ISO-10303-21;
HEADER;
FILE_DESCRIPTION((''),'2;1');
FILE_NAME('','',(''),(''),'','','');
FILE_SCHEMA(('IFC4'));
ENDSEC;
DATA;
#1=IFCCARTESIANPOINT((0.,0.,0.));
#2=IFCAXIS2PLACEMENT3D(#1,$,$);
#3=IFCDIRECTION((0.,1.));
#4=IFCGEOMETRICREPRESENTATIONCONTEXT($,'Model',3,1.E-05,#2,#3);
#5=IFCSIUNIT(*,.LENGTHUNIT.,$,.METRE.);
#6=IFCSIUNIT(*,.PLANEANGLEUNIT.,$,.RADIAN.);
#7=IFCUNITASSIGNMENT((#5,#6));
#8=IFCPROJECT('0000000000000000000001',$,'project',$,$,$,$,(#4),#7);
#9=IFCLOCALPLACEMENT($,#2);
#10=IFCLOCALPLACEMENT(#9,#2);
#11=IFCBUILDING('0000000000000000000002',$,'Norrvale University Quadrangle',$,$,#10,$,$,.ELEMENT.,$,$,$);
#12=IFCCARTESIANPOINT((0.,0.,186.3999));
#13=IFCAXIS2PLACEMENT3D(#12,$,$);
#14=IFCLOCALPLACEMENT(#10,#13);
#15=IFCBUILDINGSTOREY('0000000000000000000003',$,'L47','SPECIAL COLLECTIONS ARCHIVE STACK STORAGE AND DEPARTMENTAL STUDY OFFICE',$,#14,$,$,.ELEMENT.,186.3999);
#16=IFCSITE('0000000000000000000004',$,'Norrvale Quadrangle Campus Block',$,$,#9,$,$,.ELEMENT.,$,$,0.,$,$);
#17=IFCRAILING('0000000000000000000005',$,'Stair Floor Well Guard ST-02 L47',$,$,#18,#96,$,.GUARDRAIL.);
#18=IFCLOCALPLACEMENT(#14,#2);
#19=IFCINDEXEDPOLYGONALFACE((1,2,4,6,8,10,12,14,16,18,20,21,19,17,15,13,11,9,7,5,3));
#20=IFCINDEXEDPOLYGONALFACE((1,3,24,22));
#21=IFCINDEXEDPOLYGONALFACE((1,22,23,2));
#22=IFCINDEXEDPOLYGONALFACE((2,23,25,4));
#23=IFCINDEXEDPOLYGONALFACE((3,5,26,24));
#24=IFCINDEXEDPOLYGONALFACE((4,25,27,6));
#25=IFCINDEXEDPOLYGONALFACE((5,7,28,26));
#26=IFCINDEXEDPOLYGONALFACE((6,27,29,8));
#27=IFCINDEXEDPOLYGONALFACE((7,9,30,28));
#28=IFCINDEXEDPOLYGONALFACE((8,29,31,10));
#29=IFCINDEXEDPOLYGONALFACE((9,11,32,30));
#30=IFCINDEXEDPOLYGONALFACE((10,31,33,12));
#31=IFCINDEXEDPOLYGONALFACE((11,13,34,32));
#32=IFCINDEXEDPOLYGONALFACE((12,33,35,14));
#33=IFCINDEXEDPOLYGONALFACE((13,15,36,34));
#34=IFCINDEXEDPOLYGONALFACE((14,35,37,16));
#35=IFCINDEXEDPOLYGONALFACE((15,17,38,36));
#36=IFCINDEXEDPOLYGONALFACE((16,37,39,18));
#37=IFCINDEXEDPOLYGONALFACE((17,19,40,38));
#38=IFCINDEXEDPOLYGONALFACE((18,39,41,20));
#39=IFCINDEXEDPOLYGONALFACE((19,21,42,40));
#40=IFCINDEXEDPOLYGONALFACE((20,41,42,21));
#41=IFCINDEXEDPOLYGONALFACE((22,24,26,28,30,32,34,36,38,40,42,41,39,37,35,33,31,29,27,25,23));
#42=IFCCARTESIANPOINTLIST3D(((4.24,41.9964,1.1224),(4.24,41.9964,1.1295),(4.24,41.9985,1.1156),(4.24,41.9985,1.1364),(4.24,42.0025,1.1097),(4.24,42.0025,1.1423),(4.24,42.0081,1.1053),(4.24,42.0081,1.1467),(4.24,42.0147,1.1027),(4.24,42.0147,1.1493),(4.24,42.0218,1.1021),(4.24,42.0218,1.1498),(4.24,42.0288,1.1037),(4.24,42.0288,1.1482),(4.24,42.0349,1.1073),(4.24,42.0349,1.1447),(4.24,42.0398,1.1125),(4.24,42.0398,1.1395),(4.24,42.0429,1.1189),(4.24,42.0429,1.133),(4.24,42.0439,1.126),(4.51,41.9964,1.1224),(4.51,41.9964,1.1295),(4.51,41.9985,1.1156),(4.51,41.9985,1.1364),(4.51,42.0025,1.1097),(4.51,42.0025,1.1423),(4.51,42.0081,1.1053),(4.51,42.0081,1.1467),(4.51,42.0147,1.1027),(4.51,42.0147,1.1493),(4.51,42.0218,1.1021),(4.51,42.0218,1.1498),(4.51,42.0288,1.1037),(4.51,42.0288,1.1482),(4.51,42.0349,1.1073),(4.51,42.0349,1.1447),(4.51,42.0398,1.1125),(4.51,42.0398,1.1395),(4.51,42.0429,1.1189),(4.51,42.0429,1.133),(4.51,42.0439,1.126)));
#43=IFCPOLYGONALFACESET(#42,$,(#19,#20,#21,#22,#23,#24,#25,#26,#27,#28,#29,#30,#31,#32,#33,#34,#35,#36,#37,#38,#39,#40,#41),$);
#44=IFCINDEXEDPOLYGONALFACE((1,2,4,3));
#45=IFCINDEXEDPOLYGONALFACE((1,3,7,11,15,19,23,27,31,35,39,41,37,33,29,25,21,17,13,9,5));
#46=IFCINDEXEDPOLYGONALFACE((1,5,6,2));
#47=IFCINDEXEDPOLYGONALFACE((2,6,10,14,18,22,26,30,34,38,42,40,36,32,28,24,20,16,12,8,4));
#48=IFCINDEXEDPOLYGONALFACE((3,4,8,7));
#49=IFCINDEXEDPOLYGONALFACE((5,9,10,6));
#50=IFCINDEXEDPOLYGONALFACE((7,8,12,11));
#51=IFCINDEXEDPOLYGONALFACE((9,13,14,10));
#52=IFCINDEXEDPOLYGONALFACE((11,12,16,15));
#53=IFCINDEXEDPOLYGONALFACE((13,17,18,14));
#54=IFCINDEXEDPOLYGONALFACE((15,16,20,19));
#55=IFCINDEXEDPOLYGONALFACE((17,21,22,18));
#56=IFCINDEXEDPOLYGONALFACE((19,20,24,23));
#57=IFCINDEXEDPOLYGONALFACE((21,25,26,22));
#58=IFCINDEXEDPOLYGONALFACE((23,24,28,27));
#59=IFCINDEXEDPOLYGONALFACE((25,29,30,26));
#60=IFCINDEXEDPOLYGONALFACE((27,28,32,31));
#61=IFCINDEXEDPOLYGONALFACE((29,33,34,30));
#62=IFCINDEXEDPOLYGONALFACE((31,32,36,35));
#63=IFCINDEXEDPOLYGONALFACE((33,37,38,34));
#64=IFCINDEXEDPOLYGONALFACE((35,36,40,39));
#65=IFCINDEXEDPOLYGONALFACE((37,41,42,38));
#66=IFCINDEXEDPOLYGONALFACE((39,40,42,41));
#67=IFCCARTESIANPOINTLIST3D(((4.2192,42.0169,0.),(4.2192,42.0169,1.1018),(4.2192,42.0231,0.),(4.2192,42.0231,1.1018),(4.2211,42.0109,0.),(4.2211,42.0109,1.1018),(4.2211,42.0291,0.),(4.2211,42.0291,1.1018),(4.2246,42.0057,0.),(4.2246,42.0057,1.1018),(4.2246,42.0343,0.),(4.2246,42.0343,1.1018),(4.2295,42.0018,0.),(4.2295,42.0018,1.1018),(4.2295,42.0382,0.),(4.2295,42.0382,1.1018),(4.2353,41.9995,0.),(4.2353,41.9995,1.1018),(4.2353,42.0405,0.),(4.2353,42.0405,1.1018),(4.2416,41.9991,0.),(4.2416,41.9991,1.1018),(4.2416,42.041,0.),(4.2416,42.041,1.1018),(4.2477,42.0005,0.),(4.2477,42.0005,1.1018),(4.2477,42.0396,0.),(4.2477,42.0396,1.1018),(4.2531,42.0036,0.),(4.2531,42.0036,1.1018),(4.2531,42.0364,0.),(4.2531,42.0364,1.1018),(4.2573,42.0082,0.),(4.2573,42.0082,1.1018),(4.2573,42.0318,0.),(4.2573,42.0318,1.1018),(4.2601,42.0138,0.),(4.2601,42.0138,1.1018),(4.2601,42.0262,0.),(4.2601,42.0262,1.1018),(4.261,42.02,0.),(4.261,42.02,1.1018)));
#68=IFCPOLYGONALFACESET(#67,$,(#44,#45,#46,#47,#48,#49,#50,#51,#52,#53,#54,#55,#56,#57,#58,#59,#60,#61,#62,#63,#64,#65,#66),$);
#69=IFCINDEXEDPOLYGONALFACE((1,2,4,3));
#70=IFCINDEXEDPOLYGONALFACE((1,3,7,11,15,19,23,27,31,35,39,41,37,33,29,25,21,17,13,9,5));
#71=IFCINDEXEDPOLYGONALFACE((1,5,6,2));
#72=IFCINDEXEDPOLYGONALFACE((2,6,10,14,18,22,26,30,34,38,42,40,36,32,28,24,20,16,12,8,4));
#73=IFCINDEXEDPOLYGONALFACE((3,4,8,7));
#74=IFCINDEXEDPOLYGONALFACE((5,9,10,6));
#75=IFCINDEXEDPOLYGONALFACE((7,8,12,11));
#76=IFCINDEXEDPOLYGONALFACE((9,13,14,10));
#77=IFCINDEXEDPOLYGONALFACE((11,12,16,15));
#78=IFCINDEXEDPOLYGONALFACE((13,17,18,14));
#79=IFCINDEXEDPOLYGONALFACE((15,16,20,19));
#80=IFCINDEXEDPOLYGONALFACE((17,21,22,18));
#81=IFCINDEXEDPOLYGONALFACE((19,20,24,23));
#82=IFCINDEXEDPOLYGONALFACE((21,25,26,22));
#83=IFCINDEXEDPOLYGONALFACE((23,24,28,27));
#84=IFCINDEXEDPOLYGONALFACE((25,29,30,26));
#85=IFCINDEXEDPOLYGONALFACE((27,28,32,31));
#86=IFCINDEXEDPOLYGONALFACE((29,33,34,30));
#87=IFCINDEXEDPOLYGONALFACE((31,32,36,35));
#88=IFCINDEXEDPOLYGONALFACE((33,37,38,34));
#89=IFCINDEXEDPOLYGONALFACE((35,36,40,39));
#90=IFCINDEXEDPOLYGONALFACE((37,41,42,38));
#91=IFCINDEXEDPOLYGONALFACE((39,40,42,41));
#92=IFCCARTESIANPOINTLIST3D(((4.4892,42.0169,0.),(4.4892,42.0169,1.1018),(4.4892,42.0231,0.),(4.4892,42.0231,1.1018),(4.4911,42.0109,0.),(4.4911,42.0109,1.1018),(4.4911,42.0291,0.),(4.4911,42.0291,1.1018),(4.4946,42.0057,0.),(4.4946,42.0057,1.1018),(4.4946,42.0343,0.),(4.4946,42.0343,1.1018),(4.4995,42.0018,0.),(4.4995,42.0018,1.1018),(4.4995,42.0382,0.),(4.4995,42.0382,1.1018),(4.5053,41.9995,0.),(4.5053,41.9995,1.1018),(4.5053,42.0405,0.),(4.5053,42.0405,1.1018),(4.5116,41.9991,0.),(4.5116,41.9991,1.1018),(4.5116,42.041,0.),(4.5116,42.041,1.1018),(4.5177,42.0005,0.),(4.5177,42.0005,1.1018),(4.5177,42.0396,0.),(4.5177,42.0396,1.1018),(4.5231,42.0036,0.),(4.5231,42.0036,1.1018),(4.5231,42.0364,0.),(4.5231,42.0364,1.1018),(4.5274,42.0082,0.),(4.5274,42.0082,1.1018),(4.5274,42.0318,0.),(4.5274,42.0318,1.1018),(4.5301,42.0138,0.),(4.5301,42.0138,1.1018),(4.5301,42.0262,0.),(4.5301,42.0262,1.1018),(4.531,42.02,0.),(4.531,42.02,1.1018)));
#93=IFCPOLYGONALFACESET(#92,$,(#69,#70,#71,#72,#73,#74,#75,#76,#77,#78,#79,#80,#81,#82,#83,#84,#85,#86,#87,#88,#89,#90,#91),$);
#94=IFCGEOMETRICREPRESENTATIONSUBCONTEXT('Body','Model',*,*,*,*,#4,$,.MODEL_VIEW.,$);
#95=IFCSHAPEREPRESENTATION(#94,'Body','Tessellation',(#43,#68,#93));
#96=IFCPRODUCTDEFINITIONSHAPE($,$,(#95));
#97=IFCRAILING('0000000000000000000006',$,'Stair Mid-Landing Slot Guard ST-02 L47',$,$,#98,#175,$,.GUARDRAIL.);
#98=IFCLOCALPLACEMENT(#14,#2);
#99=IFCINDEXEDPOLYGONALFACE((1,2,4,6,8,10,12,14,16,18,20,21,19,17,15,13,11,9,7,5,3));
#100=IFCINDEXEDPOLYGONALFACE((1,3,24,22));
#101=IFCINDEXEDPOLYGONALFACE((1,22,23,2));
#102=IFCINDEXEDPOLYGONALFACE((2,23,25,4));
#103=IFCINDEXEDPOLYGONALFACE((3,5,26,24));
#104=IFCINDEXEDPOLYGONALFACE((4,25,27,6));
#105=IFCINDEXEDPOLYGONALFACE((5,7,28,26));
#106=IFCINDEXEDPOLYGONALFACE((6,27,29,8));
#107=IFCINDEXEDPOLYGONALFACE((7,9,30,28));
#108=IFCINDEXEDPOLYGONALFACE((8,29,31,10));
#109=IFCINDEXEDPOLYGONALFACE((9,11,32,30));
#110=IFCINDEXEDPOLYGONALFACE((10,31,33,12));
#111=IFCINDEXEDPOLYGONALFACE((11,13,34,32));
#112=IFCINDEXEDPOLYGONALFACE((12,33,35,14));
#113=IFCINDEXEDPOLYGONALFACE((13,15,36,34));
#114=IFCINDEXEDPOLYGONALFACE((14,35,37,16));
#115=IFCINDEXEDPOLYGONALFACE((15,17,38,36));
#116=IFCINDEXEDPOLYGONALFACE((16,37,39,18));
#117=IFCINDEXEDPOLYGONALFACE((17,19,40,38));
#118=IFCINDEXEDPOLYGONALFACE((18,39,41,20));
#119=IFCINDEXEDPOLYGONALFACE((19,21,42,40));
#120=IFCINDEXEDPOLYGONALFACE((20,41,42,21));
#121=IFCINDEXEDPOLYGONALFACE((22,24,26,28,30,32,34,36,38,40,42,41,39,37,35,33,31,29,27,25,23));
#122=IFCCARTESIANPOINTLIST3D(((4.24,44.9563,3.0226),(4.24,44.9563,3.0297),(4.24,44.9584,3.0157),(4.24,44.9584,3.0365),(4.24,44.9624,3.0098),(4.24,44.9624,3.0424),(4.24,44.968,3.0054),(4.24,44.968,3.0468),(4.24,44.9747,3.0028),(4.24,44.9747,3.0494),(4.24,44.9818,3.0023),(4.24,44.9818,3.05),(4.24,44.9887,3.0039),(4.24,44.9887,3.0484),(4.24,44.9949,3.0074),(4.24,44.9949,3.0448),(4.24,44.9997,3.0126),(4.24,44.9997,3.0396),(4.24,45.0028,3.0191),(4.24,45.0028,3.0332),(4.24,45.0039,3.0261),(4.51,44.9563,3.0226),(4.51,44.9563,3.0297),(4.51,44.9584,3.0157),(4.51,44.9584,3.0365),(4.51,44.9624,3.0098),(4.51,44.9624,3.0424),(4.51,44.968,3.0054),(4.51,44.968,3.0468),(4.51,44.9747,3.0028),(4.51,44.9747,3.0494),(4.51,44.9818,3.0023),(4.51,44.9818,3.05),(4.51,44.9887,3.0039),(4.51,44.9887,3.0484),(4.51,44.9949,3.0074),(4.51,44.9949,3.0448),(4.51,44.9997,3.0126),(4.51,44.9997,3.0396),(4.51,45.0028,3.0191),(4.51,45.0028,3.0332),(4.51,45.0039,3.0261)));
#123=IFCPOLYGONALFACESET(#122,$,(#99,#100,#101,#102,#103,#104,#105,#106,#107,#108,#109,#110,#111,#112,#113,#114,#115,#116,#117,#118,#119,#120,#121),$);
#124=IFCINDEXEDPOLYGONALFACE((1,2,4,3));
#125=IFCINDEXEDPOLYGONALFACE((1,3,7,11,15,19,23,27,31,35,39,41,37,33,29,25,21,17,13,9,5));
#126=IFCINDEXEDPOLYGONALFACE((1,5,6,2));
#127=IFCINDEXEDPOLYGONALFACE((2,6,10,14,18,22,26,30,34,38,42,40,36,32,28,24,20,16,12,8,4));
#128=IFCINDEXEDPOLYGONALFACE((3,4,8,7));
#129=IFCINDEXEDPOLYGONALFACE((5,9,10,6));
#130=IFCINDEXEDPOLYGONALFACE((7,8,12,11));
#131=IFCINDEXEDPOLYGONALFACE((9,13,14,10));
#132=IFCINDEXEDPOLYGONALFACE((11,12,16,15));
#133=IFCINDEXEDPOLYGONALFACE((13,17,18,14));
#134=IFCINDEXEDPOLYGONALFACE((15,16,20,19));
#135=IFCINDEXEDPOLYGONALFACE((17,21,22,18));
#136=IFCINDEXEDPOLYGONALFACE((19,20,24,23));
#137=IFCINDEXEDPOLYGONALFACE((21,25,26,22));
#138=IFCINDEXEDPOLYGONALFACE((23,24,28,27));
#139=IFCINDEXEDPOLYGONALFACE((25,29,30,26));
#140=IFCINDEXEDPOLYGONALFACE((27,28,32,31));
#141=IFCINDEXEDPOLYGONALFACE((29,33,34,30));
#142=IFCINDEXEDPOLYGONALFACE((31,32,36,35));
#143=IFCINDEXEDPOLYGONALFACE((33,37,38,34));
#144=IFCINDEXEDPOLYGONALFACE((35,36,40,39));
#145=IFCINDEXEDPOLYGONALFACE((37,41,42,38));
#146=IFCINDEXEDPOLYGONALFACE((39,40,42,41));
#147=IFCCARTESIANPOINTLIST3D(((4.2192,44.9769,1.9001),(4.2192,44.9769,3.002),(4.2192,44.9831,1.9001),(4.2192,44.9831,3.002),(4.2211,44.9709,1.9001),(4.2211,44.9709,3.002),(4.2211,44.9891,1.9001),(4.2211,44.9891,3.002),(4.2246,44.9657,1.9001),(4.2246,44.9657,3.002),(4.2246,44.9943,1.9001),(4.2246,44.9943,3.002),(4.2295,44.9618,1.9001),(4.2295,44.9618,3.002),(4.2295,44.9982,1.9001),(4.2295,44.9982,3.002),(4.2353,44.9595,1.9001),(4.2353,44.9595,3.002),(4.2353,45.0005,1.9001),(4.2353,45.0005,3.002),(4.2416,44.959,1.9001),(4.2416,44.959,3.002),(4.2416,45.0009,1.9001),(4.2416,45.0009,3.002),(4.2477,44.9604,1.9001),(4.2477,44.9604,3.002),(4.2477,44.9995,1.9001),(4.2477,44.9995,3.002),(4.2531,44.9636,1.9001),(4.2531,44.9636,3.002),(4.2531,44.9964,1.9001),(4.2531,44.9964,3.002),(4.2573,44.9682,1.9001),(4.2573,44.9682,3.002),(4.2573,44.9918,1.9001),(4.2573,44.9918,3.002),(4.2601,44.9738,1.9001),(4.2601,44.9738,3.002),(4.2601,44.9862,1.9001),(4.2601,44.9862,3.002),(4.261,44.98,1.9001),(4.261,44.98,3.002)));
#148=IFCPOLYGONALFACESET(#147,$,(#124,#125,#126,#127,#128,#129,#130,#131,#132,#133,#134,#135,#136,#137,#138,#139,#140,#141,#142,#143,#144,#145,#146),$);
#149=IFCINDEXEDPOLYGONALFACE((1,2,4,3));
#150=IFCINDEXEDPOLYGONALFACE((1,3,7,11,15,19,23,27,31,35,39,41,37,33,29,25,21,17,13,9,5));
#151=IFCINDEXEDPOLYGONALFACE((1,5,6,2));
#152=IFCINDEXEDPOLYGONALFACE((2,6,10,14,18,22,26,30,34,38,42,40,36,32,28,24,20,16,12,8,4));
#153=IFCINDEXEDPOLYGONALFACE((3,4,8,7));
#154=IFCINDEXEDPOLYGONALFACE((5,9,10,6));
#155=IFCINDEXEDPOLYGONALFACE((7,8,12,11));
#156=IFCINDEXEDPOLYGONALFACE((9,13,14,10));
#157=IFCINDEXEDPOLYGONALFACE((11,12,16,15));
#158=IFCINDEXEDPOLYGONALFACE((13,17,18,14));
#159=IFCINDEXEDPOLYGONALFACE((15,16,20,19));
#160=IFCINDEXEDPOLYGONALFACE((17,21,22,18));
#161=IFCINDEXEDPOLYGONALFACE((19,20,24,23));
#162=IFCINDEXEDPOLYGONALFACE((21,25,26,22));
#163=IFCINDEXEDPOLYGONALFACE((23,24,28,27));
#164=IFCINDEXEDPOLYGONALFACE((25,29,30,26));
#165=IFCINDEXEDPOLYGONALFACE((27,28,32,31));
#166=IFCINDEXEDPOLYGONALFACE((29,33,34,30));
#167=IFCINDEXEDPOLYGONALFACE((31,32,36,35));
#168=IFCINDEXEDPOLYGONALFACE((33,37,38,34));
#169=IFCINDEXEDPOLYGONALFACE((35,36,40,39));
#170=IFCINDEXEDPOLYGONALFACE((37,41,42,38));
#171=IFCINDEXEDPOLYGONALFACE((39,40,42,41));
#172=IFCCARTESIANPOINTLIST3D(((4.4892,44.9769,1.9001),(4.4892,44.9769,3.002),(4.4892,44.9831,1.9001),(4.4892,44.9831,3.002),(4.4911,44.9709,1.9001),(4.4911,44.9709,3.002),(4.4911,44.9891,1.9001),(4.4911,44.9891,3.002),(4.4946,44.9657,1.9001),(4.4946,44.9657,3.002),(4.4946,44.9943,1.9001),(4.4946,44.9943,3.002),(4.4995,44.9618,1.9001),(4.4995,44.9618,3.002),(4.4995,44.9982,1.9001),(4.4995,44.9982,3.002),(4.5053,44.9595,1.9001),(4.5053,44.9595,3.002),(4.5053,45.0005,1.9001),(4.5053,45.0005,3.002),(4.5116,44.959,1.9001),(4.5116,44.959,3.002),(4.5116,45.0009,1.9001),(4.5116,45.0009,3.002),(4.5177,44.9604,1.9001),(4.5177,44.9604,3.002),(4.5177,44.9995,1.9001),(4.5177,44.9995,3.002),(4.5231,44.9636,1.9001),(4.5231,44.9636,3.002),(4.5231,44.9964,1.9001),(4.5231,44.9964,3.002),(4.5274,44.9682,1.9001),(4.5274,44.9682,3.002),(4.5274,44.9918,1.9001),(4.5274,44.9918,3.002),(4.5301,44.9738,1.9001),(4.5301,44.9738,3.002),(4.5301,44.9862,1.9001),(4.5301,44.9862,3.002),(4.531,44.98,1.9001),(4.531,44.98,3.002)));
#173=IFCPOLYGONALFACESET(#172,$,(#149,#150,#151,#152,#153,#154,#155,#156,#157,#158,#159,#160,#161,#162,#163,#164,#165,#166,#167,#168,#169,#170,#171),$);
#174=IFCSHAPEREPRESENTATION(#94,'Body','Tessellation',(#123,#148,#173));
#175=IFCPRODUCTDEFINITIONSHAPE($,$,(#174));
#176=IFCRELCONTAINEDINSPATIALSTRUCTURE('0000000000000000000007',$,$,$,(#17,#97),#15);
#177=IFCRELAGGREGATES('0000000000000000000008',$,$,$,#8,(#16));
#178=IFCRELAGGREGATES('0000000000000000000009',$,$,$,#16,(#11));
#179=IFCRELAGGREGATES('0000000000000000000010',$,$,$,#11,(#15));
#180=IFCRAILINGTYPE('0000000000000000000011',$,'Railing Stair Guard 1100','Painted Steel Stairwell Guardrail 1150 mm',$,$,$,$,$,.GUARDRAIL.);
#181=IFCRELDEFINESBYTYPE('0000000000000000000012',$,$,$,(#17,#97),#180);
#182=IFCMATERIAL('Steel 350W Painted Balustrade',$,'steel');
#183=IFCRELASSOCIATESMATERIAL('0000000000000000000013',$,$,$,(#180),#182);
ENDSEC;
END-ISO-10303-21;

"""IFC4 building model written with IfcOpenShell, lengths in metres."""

from ifc_helpers import new_model, si_unit, direction, frame, origin, origin_2d, place, context, subcontext, project, spatial, circle, extrude, material, type_object, element, save


model = new_model("IFC4")

# Units and contexts
model_context = context("Model", 3, precision=1e-05, world=origin(), true_north=direction((0.0, 1.0)))
body_context = subcontext(model_context, "Body", "Model", "MODEL_VIEW")
ifc_project = project(units=[si_unit("LENGTHUNIT", "METRE"), si_unit("PLANEANGLEUNIT", "RADIAN")], contexts=[model_context])

# Site, building, storey
site_placement = place(None, origin())
site = spatial("IfcSite", under=ifc_project, at=site_placement, Name="Norrvale Quadrangle Campus Block", CompositionType="ELEMENT", RefElevation=0.0)
building_placement = place(site_placement, origin())
building = spatial("IfcBuilding", under=site, at=building_placement, Name="Norrvale University Quadrangle", CompositionType="ELEMENT")
storey_placement = place(building_placement, frame((0.0, 0.0, 186.3999)))
storey = spatial("IfcBuildingStorey", under=building, at=storey_placement, Name="L47", Description="SPECIAL COLLECTIONS ARCHIVE STACK STORAGE AND DEPARTMENTAL STUDY OFFICE", CompositionType="ELEMENT", Elevation=186.3999)

# Railings
ifc_material_1 = material(Name="Steel 350W Painted Balustrade", Category="steel")
railing_type_1 = type_object("IfcRailingType", Name="Railing Stair Guard 1100", Description="Painted Steel Stairwell Guardrail 1150 mm", PredefinedType="GUARDRAIL", material=ifc_material_1)
for number, where, name in (
    (1, (4.24, 42.02, 0.0), "Stair Floor Well Guard ST-02 L47"),
    (2, (4.24, 44.98, 1.9001), "Stair Mid-Landing Slot Guard ST-02 L47"),
):
    element("IfcRailing", number, at=place(storey_placement, frame(where)), inside=storey, type_object=railing_type_1, Name=name, PredefinedType="GUARDRAIL", context=body_context, shape_type="SweptSolid", body=[
        extrude(circle(Radius=0.0239, at=origin_2d()), frame((0.0, 0.0, 1.126), z_axis=(1.0, 0.0, 0.0), x_axis=(0.0, 1.0, 0.0)), (0.0, 0.0, 1.0), 0.27),
        extrude(circle(Radius=0.021, at=origin_2d()), origin(), (0.0, 0.0, 1.0), 1.1018),
        extrude(circle(Radius=0.021, at=origin_2d()), frame((0.27, 0.0, 0.0)), (0.0, 0.0, 1.0), 1.1018),
    ])

save(model, "model.ifc")
